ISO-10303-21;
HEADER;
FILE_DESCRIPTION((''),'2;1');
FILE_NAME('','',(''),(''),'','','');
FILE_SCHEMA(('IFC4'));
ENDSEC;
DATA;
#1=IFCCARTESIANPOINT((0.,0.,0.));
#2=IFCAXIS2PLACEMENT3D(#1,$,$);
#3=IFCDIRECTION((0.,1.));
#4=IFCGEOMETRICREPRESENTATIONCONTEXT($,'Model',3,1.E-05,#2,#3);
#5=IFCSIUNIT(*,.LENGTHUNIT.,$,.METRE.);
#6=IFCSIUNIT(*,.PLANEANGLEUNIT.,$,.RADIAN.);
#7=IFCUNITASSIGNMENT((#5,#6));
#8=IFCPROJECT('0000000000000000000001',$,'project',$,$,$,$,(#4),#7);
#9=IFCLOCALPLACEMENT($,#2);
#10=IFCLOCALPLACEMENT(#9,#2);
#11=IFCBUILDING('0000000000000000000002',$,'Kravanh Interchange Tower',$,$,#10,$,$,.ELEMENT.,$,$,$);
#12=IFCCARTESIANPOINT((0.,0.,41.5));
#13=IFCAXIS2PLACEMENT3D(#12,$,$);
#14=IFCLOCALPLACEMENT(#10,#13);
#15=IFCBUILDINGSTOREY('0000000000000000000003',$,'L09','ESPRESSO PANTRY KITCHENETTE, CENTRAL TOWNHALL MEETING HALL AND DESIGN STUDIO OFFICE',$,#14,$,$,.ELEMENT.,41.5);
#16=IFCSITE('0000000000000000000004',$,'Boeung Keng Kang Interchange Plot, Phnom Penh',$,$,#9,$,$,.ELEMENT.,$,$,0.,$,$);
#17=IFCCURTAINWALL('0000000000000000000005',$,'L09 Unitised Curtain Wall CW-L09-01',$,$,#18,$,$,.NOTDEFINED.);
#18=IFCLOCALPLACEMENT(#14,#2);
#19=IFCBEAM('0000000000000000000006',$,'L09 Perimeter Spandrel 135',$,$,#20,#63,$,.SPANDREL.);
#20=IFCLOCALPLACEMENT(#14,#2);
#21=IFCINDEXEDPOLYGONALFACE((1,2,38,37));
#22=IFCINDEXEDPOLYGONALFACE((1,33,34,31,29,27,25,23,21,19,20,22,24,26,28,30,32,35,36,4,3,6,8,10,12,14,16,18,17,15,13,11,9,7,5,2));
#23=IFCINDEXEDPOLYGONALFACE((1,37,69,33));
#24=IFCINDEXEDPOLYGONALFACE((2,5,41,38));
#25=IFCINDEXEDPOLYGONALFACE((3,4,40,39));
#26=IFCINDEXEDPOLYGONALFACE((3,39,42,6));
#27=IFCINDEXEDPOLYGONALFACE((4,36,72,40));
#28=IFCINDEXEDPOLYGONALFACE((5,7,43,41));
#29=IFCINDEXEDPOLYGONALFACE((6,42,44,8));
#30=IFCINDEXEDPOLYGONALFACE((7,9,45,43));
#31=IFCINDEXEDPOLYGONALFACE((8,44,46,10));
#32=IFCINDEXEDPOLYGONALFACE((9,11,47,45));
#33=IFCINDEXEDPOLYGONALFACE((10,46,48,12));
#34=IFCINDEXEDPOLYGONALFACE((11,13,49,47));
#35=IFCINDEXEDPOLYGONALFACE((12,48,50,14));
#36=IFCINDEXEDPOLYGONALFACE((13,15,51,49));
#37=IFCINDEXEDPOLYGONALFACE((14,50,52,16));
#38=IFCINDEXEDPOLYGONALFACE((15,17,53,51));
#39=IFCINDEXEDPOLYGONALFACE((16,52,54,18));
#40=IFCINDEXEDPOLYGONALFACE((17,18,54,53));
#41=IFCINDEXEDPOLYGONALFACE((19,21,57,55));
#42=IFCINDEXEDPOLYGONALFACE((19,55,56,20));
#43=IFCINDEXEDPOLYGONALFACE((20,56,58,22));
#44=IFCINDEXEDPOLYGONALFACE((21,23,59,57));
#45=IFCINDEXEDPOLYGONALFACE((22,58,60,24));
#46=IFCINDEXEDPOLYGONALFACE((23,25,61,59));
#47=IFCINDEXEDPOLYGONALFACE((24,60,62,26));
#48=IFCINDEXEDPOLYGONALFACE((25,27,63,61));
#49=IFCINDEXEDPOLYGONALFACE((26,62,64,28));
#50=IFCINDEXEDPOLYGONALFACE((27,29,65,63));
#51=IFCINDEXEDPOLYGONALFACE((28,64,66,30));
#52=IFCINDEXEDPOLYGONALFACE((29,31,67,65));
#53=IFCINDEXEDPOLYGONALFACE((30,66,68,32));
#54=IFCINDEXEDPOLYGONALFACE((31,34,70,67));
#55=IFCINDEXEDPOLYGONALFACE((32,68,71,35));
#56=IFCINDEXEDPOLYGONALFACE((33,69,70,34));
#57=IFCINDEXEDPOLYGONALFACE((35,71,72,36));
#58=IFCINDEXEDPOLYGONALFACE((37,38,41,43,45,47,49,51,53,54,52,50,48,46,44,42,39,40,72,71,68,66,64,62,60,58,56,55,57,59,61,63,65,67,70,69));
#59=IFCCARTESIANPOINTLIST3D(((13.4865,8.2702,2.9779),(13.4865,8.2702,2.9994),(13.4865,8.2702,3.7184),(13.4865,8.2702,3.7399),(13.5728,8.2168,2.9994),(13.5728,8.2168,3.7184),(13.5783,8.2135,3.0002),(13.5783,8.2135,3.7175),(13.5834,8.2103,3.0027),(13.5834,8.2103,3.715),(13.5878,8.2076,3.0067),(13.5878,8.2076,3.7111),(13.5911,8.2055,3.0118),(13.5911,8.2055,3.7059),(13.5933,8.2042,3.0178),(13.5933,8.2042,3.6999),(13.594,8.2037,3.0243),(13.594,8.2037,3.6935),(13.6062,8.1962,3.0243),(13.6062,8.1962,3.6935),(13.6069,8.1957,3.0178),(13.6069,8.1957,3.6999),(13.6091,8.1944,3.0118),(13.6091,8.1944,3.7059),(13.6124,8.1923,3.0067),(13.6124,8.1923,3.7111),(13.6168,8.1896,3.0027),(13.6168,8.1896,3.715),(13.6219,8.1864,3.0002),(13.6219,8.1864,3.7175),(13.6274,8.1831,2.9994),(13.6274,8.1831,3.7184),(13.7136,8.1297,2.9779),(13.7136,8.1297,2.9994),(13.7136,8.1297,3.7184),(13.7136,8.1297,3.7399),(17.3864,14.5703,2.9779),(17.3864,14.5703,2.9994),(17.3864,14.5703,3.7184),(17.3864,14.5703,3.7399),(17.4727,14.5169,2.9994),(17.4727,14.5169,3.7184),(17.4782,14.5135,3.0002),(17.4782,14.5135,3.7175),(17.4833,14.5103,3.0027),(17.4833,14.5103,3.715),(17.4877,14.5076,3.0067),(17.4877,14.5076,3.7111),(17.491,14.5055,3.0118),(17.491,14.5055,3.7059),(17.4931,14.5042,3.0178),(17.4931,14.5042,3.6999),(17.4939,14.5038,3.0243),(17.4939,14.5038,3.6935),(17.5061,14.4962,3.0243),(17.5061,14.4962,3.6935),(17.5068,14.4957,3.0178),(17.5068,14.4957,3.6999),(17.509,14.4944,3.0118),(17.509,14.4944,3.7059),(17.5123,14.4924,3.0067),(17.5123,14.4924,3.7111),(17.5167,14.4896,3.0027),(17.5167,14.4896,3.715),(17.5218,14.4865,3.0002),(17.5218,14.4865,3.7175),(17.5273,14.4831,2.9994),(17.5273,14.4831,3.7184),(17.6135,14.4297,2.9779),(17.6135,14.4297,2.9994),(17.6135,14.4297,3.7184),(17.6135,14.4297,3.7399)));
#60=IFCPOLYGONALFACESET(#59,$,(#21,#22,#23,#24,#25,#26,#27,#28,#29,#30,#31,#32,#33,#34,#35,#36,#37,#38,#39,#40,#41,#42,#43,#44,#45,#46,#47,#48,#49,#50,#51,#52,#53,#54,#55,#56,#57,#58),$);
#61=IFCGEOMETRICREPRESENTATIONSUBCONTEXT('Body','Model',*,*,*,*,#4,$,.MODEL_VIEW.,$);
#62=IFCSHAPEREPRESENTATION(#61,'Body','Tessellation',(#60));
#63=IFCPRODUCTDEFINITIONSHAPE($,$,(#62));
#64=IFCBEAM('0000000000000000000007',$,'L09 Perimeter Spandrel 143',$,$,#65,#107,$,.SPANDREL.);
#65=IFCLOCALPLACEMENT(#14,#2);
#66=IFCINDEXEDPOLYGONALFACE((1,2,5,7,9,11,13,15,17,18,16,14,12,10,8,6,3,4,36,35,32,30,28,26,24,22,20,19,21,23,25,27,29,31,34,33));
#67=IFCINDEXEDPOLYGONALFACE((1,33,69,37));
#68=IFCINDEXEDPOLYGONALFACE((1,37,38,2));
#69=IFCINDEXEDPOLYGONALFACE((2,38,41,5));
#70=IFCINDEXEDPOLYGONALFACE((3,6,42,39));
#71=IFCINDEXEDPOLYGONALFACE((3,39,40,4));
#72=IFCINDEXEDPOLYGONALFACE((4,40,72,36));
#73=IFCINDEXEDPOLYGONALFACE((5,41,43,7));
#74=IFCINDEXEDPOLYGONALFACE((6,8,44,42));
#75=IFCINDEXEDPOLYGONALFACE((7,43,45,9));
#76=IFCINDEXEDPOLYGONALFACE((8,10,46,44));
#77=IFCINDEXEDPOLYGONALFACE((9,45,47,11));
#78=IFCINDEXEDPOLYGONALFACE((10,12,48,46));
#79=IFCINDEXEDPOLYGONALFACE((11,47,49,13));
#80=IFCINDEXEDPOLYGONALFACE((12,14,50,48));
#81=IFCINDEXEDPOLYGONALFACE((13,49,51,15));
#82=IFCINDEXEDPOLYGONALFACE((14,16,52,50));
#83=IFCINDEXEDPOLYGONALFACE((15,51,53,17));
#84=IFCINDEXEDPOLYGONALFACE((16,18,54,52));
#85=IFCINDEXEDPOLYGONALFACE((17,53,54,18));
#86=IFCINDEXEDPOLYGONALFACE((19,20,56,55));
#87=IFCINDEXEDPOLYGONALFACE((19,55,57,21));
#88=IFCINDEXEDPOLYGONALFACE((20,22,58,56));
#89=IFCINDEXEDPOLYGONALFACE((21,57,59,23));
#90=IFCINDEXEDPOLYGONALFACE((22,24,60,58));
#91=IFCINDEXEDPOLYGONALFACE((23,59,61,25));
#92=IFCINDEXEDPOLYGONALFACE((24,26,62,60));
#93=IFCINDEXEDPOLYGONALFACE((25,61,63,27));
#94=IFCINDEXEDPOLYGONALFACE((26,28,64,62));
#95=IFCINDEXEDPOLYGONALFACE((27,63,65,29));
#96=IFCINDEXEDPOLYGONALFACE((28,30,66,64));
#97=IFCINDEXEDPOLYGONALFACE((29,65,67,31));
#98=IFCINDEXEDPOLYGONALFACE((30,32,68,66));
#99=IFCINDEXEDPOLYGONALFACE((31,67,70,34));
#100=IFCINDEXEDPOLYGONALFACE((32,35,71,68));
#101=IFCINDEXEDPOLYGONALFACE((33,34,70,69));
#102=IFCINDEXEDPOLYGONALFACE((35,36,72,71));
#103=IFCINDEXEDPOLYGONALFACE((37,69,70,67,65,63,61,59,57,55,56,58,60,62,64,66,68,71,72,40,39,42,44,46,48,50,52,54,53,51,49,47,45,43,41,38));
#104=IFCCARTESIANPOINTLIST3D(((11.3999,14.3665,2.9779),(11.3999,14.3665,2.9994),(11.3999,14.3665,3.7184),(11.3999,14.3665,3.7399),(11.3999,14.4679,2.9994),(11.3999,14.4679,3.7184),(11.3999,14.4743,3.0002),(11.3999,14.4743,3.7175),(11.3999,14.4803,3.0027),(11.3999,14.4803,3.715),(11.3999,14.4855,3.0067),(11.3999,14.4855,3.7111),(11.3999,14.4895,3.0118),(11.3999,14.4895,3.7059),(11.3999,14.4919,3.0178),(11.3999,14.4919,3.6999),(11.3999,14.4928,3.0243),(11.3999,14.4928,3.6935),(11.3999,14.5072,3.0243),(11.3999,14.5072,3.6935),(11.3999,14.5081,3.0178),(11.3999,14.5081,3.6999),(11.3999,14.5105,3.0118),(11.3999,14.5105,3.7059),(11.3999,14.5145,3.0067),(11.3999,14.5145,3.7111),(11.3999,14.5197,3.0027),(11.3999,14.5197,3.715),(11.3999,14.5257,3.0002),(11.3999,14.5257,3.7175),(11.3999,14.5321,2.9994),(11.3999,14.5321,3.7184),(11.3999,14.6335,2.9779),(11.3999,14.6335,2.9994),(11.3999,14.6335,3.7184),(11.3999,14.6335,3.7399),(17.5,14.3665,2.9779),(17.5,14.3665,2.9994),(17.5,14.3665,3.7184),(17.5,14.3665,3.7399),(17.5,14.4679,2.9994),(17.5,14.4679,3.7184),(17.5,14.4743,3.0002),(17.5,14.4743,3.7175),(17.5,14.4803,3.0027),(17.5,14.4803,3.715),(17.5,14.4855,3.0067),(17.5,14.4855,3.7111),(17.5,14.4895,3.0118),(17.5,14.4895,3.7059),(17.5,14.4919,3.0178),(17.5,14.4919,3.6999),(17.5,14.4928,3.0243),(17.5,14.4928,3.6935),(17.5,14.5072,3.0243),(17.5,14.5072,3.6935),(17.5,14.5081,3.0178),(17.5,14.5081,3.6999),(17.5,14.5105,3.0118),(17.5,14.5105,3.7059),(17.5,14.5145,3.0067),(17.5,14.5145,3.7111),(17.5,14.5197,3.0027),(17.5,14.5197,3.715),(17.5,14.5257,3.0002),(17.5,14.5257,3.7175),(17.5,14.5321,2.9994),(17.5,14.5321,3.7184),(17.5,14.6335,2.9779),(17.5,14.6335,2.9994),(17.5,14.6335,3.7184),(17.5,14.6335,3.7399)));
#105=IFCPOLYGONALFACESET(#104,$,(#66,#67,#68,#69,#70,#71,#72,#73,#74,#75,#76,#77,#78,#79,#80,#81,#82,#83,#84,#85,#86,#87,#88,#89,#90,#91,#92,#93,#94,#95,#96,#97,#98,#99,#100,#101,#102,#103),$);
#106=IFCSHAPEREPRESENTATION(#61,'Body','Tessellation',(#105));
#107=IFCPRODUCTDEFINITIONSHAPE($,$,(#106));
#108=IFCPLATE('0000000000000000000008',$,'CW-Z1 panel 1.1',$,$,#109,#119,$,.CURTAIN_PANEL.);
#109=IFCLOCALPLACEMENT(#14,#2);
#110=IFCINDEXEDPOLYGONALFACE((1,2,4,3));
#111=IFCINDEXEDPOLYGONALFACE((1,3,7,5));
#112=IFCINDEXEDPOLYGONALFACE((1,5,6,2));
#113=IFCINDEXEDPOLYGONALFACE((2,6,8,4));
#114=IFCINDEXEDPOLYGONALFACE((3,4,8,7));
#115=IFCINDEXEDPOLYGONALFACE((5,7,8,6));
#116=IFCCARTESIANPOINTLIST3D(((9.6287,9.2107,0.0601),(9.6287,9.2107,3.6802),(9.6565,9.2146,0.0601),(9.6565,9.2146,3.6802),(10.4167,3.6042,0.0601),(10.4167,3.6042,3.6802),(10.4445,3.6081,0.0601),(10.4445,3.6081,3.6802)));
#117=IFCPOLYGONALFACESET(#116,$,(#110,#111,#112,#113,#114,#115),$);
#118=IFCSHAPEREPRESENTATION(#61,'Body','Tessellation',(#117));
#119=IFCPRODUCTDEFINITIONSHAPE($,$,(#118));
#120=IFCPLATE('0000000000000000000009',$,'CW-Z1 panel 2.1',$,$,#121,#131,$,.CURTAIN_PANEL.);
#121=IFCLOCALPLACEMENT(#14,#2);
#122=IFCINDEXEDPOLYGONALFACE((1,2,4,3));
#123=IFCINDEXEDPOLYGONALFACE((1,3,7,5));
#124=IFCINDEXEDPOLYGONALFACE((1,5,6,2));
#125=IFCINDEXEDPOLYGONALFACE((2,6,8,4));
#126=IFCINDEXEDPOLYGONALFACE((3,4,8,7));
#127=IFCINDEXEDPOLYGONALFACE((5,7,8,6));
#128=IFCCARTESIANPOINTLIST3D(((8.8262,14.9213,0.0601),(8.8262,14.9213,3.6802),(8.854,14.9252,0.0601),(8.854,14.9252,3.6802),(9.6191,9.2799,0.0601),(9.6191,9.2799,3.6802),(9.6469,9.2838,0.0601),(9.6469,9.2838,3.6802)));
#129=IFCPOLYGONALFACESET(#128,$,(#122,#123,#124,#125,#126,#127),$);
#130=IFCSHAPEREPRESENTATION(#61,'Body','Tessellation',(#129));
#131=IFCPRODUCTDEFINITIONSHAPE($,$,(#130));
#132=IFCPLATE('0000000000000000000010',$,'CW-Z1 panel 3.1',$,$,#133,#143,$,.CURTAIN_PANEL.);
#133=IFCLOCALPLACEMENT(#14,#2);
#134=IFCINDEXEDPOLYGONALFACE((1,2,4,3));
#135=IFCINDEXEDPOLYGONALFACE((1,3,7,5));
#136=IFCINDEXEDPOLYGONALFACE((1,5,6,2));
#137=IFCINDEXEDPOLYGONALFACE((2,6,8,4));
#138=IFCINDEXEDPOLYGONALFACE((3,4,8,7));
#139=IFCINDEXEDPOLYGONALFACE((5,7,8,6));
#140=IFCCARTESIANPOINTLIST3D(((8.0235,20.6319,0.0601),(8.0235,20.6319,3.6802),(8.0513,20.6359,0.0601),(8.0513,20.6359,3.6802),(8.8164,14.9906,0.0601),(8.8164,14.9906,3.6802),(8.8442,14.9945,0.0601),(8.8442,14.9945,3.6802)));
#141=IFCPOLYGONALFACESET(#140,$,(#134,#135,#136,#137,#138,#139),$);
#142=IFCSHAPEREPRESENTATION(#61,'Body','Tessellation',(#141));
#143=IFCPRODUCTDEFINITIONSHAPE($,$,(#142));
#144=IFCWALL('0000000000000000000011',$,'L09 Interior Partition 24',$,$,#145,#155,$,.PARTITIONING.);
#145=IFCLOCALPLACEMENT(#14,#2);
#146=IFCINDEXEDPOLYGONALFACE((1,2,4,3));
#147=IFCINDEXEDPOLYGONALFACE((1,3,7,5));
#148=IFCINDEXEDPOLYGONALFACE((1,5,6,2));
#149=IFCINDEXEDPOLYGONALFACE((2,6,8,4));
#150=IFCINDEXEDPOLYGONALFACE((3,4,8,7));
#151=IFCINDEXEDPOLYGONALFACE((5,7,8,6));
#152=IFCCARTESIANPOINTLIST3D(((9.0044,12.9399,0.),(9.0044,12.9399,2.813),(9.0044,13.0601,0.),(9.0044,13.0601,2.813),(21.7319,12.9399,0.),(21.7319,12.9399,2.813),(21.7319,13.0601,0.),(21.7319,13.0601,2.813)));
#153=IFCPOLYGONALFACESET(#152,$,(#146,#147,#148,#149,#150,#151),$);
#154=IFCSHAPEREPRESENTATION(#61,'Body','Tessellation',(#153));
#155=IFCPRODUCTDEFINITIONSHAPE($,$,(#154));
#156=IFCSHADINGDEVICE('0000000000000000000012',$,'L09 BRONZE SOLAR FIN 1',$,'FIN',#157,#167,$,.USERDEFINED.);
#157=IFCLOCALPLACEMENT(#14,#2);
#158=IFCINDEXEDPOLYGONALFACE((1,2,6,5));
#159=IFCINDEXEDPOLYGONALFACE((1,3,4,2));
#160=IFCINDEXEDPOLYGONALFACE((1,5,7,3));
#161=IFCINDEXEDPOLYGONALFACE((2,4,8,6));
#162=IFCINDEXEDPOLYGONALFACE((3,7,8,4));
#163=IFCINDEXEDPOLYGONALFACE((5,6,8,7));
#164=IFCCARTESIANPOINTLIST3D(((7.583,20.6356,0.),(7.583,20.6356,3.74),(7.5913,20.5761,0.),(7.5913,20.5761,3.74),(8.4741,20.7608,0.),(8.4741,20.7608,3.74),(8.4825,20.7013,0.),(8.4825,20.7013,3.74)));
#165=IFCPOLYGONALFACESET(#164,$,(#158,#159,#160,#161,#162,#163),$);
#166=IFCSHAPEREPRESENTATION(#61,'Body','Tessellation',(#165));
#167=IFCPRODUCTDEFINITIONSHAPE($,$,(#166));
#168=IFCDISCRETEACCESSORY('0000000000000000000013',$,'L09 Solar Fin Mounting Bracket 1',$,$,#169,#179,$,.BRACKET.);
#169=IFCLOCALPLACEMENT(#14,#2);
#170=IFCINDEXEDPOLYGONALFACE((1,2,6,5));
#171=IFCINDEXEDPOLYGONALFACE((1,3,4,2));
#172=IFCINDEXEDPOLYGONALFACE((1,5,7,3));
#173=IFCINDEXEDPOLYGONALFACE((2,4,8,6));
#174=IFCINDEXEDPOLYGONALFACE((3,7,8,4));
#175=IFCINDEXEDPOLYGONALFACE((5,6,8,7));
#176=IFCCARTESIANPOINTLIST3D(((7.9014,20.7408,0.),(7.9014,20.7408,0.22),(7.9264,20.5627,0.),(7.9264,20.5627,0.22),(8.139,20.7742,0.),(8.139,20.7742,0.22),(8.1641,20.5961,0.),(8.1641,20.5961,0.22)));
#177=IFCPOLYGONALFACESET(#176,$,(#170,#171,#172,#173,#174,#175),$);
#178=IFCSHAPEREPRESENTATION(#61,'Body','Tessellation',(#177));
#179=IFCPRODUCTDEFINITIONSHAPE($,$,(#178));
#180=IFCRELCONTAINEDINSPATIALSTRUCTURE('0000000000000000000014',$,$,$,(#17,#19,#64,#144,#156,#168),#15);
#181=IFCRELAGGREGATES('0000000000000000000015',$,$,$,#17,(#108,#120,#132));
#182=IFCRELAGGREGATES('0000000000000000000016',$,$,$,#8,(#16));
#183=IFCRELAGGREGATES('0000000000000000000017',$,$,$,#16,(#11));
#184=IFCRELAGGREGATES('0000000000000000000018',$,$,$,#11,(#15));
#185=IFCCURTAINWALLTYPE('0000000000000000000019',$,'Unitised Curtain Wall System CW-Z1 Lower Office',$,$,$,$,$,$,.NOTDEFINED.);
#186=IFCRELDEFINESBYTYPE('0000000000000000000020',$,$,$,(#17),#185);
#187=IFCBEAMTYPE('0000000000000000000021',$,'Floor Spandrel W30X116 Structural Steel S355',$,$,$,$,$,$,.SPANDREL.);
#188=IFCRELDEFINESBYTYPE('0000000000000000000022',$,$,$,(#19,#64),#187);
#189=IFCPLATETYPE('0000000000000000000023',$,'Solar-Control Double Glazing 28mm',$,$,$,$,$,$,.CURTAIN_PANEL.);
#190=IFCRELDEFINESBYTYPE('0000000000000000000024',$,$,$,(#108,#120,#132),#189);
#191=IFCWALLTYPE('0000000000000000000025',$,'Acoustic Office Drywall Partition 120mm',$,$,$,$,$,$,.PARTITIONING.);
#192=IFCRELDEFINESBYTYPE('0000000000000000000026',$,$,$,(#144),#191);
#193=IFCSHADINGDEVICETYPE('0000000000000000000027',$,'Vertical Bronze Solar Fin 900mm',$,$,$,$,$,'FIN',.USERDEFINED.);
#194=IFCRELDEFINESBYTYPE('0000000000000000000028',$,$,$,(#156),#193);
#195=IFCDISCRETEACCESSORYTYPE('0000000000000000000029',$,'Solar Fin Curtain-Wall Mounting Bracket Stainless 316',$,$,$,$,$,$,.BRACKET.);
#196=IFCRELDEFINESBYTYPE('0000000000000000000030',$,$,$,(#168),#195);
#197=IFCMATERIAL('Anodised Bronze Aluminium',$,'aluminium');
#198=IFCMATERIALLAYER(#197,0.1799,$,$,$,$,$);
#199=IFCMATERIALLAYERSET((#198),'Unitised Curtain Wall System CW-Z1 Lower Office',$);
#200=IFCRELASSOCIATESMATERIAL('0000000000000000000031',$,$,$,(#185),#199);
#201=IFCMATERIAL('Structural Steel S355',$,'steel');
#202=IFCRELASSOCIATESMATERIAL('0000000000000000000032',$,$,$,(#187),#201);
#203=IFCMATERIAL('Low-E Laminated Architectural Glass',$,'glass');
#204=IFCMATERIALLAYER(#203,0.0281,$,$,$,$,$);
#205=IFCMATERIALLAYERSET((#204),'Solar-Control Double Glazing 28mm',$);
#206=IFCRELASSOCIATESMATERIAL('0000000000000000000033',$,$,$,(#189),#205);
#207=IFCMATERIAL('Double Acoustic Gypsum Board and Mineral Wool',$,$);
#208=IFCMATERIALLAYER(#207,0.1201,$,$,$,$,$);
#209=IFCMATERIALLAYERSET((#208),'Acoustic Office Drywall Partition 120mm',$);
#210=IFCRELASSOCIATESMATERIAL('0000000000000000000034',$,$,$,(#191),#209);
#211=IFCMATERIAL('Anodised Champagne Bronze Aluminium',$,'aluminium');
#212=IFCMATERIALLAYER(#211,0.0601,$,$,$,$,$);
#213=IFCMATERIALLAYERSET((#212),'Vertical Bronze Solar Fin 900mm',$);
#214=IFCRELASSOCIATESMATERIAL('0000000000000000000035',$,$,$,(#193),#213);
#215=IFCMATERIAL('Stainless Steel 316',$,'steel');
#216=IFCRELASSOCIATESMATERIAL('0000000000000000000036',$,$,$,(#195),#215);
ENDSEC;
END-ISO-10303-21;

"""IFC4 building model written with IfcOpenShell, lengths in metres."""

from ifc_helpers import new_model, si_unit, direction, frame, frame_2d, origin, origin_2d, place, context, subcontext, project, spatial, rectangle, i_section, extrude, material, layer, layer_set, material_profile, profile_set, type_object, element, aggregate, save


model = new_model("IFC4")

# Units and contexts
model_context = context("Model", 3, precision=1e-05, world=origin(), true_north=direction((0.0, 1.0)))
body_context = subcontext(model_context, "Body", "Model", "MODEL_VIEW")
ifc_project = project(units=[si_unit("LENGTHUNIT", "METRE"), si_unit("PLANEANGLEUNIT", "RADIAN")], contexts=[model_context])

# Site, building, storey
site_placement = place(None, origin())
site = spatial("IfcSite", under=ifc_project, at=site_placement, Name="Boeung Keng Kang Interchange Plot, Phnom Penh", CompositionType="ELEMENT", RefElevation=0.0)
building_placement = place(site_placement, origin())
building = spatial("IfcBuilding", under=site, at=building_placement, Name="Kravanh Interchange Tower", CompositionType="ELEMENT")
storey_placement = place(building_placement, frame((0.0, 0.0, 41.5)))
storey = spatial("IfcBuildingStorey", under=building, at=storey_placement, Name="L09", Description="ESPRESSO PANTRY KITCHENETTE, CENTRAL TOWNHALL MEETING HALL AND DESIGN STUDIO OFFICE", CompositionType="ELEMENT", Elevation=41.5)

# Curtain wall
ifc_material_1 = material(Name="Anodised Bronze Aluminium", Category="aluminium")
ifc_layer_1 = layer(ifc_material_1, 0.1799)
ifc_layer_set_1 = layer_set([ifc_layer_1], Name="Unitised Curtain Wall System CW-Z1 Lower Office")
curtain_wall_type = type_object("IfcCurtainWallType", Name="Unitised Curtain Wall System CW-Z1 Lower Office", PredefinedType="NOTDEFINED", material=ifc_layer_set_1)
curtain_wall_placement = place(storey_placement, origin())
curtain_wall = element("IfcCurtainWall", 1, at=curtain_wall_placement, inside=storey, type_object=curtain_wall_type, Name="L09 Unitised Curtain Wall CW-L09-01", PredefinedType="NOTDEFINED")

# Beams
ifc_material_2 = material(Name="Structural Steel S355", Category="steel")
ifc_material_profile_1 = material_profile(ifc_material_2, i_section(OverallWidth=0.2671, OverallDepth=0.762, WebThickness=0.0144, FlangeThickness=0.0215, FilletRadius=0.0249, at=origin_2d()), Name="W30X116")
ifc_profile_set_1 = profile_set([ifc_material_profile_1], Name="Structural Steel S355")
beam_type_1 = type_object("IfcBeamType", Name="Floor Spandrel W30X116 Structural Steel S355", PredefinedType="SPANDREL", material=ifc_profile_set_1)
beam_1_placement = place(storey_placement, frame((13.6001, 8.2, 3.3589), z_axis=(0.526342, 0.850273, 0.0), x_axis=(-0.850273, 0.526342, 0.0)))
element("IfcBeam", 2, at=beam_1_placement, inside=storey, type_object=beam_type_1, Name="L09 Perimeter Spandrel 135", PredefinedType="SPANDREL", context=body_context, shape_type="SweptSolid", body=[
    extrude(i_section(OverallWidth=0.2671, OverallDepth=0.762, WebThickness=0.0144, FlangeThickness=0.0215, FilletRadius=0.0249, at=origin_2d()), origin(), (0.0, 0.0, 1.0), 7.4094),
])
beam_2_placement = place(storey_placement, frame((11.3999, 14.5, 3.3589), z_axis=(1.0, 0.0, 0.0), x_axis=(0.0, 1.0, 0.0)))
element("IfcBeam", 3, at=beam_2_placement, inside=storey, type_object=beam_type_1, Name="L09 Perimeter Spandrel 143", PredefinedType="SPANDREL", context=body_context, shape_type="SweptSolid", body=[
    extrude(i_section(OverallWidth=0.2671, OverallDepth=0.762, WebThickness=0.0144, FlangeThickness=0.0215, FilletRadius=0.0249, at=origin_2d()), origin(), (0.0, 0.0, 1.0), 6.1001),
])

# Plates
ifc_material_3 = material(Name="Low-E Laminated Architectural Glass", Category="glass")
ifc_layer_2 = layer(ifc_material_3, 0.0281)
ifc_layer_set_2 = layer_set([ifc_layer_2], Name="Solar-Control Double Glazing 28mm")
plate_type = type_object("IfcPlateType", Name="Solar-Control Double Glazing 28mm", PredefinedType="CURTAIN_PANEL", material=ifc_layer_set_2)
plate_1_placement = place(storey_placement, frame((10.0366, 6.4094, 0.0601), z_axis=(0.0, 0.0, 1.0), x_axis=(-0.139177, 0.990268, 0.0)))
plate_1 = element("IfcPlate", 4, at=plate_1_placement, type_object=plate_type, Name="CW-Z1 panel 1.1", PredefinedType="CURTAIN_PANEL", context=body_context, shape_type="SweptSolid", body=[
    extrude(rectangle(XDim=5.6616, YDim=0.0281, at=origin_2d()), origin(), (0.0, 0.0, 1.0), 3.6201),
])
plate_2_placement = place(storey_placement, frame((9.2366, 12.1025, 0.0601), z_axis=(0.0, 0.0, 1.0), x_axis=(-0.139177, 0.990268, 0.0)))
plate_2 = element("IfcPlate", 5, at=plate_2_placement, type_object=plate_type, Name="CW-Z1 panel 2.1", PredefinedType="CURTAIN_PANEL", context=body_context, shape_type="SweptSolid", body=[
    extrude(rectangle(XDim=5.6968, YDim=0.0281, at=origin_2d()), origin(), (0.0, 0.0, 1.0), 3.6201),
])
plate_3_placement = place(storey_placement, frame((8.4338, 17.8132, 0.0601), z_axis=(0.0, 0.0, 1.0), x_axis=(-0.139177, 0.990268, 0.0)))
plate_3 = element("IfcPlate", 6, at=plate_3_placement, type_object=plate_type, Name="CW-Z1 panel 3.1", PredefinedType="CURTAIN_PANEL", context=body_context, shape_type="SweptSolid", body=[
    extrude(rectangle(XDim=5.6968, YDim=0.0281, at=origin_2d()), origin(), (0.0, 0.0, 1.0), 3.6201),
])
aggregate(curtain_wall, [plate_1, plate_2, plate_3])

# Wall
ifc_material_4 = material(Name="Double Acoustic Gypsum Board and Mineral Wool")
ifc_layer_3 = layer(ifc_material_4, 0.1201)
ifc_layer_set_3 = layer_set([ifc_layer_3], Name="Acoustic Office Drywall Partition 120mm")
wall_type = type_object("IfcWallType", Name="Acoustic Office Drywall Partition 120mm", PredefinedType="PARTITIONING", material=ifc_layer_set_3)
wall_placement = place(storey_placement, frame((9.0044, 13.0, 0.0), z_axis=(0.0, 0.0, 1.0), x_axis=(1.0, 0.0, 0.0)))
element("IfcWall", 7, at=wall_placement, inside=storey, type_object=wall_type, Name="L09 Interior Partition 24", PredefinedType="PARTITIONING", context=body_context, shape_type="SweptSolid", body=[
    extrude(rectangle(XDim=12.7275, YDim=0.1201, at=frame_2d((6.3638, 0.0))), origin(), (0.0, 0.0, 1.0), 2.813),
])

# Shading device
ifc_material_5 = material(Name="Anodised Champagne Bronze Aluminium", Category="aluminium")
ifc_layer_4 = layer(ifc_material_5, 0.0601)
ifc_layer_set_4 = layer_set([ifc_layer_4], Name="Vertical Bronze Solar Fin 900mm")
shading_device_type = type_object("IfcShadingDeviceType", Name="Vertical Bronze Solar Fin 900mm", ElementType="FIN", PredefinedType="USERDEFINED", material=ifc_layer_set_4)
shading_device_placement = place(storey_placement, frame((8.0327, 20.6685, 0.0), z_axis=(0.0, 0.0, 1.0), x_axis=(-0.990268, -0.139175, 0.0)))
element("IfcShadingDevice", 8, at=shading_device_placement, inside=storey, type_object=shading_device_type, Name="L09 BRONZE SOLAR FIN 1", ObjectType="FIN", PredefinedType="USERDEFINED", context=body_context, shape_type="SweptSolid", body=[
    extrude(rectangle(XDim=0.8999, YDim=0.0601, at=origin_2d()), origin(), (0.0, 0.0, 1.0), 3.74),
])

# Discrete accessory
ifc_material_6 = material(Name="Stainless Steel 316", Category="steel")
discrete_accessory_type = type_object("IfcDiscreteAccessoryType", Name="Solar Fin Curtain-Wall Mounting Bracket Stainless 316", PredefinedType="BRACKET", material=ifc_material_6)
discrete_accessory_placement = place(storey_placement, frame((8.0327, 20.6685, 0.0), z_axis=(0.0, 0.0, 1.0), x_axis=(-0.990268, -0.139175, 0.0)))
element("IfcDiscreteAccessory", 9, at=discrete_accessory_placement, inside=storey, type_object=discrete_accessory_type, Name="L09 Solar Fin Mounting Bracket 1", PredefinedType="BRACKET", context=body_context, shape_type="SweptSolid", body=[
    extrude(rectangle(XDim=0.24, YDim=0.1799, at=origin_2d()), origin(), (0.0, 0.0, 1.0), 0.22),
])

save(model, "model.ifc")
